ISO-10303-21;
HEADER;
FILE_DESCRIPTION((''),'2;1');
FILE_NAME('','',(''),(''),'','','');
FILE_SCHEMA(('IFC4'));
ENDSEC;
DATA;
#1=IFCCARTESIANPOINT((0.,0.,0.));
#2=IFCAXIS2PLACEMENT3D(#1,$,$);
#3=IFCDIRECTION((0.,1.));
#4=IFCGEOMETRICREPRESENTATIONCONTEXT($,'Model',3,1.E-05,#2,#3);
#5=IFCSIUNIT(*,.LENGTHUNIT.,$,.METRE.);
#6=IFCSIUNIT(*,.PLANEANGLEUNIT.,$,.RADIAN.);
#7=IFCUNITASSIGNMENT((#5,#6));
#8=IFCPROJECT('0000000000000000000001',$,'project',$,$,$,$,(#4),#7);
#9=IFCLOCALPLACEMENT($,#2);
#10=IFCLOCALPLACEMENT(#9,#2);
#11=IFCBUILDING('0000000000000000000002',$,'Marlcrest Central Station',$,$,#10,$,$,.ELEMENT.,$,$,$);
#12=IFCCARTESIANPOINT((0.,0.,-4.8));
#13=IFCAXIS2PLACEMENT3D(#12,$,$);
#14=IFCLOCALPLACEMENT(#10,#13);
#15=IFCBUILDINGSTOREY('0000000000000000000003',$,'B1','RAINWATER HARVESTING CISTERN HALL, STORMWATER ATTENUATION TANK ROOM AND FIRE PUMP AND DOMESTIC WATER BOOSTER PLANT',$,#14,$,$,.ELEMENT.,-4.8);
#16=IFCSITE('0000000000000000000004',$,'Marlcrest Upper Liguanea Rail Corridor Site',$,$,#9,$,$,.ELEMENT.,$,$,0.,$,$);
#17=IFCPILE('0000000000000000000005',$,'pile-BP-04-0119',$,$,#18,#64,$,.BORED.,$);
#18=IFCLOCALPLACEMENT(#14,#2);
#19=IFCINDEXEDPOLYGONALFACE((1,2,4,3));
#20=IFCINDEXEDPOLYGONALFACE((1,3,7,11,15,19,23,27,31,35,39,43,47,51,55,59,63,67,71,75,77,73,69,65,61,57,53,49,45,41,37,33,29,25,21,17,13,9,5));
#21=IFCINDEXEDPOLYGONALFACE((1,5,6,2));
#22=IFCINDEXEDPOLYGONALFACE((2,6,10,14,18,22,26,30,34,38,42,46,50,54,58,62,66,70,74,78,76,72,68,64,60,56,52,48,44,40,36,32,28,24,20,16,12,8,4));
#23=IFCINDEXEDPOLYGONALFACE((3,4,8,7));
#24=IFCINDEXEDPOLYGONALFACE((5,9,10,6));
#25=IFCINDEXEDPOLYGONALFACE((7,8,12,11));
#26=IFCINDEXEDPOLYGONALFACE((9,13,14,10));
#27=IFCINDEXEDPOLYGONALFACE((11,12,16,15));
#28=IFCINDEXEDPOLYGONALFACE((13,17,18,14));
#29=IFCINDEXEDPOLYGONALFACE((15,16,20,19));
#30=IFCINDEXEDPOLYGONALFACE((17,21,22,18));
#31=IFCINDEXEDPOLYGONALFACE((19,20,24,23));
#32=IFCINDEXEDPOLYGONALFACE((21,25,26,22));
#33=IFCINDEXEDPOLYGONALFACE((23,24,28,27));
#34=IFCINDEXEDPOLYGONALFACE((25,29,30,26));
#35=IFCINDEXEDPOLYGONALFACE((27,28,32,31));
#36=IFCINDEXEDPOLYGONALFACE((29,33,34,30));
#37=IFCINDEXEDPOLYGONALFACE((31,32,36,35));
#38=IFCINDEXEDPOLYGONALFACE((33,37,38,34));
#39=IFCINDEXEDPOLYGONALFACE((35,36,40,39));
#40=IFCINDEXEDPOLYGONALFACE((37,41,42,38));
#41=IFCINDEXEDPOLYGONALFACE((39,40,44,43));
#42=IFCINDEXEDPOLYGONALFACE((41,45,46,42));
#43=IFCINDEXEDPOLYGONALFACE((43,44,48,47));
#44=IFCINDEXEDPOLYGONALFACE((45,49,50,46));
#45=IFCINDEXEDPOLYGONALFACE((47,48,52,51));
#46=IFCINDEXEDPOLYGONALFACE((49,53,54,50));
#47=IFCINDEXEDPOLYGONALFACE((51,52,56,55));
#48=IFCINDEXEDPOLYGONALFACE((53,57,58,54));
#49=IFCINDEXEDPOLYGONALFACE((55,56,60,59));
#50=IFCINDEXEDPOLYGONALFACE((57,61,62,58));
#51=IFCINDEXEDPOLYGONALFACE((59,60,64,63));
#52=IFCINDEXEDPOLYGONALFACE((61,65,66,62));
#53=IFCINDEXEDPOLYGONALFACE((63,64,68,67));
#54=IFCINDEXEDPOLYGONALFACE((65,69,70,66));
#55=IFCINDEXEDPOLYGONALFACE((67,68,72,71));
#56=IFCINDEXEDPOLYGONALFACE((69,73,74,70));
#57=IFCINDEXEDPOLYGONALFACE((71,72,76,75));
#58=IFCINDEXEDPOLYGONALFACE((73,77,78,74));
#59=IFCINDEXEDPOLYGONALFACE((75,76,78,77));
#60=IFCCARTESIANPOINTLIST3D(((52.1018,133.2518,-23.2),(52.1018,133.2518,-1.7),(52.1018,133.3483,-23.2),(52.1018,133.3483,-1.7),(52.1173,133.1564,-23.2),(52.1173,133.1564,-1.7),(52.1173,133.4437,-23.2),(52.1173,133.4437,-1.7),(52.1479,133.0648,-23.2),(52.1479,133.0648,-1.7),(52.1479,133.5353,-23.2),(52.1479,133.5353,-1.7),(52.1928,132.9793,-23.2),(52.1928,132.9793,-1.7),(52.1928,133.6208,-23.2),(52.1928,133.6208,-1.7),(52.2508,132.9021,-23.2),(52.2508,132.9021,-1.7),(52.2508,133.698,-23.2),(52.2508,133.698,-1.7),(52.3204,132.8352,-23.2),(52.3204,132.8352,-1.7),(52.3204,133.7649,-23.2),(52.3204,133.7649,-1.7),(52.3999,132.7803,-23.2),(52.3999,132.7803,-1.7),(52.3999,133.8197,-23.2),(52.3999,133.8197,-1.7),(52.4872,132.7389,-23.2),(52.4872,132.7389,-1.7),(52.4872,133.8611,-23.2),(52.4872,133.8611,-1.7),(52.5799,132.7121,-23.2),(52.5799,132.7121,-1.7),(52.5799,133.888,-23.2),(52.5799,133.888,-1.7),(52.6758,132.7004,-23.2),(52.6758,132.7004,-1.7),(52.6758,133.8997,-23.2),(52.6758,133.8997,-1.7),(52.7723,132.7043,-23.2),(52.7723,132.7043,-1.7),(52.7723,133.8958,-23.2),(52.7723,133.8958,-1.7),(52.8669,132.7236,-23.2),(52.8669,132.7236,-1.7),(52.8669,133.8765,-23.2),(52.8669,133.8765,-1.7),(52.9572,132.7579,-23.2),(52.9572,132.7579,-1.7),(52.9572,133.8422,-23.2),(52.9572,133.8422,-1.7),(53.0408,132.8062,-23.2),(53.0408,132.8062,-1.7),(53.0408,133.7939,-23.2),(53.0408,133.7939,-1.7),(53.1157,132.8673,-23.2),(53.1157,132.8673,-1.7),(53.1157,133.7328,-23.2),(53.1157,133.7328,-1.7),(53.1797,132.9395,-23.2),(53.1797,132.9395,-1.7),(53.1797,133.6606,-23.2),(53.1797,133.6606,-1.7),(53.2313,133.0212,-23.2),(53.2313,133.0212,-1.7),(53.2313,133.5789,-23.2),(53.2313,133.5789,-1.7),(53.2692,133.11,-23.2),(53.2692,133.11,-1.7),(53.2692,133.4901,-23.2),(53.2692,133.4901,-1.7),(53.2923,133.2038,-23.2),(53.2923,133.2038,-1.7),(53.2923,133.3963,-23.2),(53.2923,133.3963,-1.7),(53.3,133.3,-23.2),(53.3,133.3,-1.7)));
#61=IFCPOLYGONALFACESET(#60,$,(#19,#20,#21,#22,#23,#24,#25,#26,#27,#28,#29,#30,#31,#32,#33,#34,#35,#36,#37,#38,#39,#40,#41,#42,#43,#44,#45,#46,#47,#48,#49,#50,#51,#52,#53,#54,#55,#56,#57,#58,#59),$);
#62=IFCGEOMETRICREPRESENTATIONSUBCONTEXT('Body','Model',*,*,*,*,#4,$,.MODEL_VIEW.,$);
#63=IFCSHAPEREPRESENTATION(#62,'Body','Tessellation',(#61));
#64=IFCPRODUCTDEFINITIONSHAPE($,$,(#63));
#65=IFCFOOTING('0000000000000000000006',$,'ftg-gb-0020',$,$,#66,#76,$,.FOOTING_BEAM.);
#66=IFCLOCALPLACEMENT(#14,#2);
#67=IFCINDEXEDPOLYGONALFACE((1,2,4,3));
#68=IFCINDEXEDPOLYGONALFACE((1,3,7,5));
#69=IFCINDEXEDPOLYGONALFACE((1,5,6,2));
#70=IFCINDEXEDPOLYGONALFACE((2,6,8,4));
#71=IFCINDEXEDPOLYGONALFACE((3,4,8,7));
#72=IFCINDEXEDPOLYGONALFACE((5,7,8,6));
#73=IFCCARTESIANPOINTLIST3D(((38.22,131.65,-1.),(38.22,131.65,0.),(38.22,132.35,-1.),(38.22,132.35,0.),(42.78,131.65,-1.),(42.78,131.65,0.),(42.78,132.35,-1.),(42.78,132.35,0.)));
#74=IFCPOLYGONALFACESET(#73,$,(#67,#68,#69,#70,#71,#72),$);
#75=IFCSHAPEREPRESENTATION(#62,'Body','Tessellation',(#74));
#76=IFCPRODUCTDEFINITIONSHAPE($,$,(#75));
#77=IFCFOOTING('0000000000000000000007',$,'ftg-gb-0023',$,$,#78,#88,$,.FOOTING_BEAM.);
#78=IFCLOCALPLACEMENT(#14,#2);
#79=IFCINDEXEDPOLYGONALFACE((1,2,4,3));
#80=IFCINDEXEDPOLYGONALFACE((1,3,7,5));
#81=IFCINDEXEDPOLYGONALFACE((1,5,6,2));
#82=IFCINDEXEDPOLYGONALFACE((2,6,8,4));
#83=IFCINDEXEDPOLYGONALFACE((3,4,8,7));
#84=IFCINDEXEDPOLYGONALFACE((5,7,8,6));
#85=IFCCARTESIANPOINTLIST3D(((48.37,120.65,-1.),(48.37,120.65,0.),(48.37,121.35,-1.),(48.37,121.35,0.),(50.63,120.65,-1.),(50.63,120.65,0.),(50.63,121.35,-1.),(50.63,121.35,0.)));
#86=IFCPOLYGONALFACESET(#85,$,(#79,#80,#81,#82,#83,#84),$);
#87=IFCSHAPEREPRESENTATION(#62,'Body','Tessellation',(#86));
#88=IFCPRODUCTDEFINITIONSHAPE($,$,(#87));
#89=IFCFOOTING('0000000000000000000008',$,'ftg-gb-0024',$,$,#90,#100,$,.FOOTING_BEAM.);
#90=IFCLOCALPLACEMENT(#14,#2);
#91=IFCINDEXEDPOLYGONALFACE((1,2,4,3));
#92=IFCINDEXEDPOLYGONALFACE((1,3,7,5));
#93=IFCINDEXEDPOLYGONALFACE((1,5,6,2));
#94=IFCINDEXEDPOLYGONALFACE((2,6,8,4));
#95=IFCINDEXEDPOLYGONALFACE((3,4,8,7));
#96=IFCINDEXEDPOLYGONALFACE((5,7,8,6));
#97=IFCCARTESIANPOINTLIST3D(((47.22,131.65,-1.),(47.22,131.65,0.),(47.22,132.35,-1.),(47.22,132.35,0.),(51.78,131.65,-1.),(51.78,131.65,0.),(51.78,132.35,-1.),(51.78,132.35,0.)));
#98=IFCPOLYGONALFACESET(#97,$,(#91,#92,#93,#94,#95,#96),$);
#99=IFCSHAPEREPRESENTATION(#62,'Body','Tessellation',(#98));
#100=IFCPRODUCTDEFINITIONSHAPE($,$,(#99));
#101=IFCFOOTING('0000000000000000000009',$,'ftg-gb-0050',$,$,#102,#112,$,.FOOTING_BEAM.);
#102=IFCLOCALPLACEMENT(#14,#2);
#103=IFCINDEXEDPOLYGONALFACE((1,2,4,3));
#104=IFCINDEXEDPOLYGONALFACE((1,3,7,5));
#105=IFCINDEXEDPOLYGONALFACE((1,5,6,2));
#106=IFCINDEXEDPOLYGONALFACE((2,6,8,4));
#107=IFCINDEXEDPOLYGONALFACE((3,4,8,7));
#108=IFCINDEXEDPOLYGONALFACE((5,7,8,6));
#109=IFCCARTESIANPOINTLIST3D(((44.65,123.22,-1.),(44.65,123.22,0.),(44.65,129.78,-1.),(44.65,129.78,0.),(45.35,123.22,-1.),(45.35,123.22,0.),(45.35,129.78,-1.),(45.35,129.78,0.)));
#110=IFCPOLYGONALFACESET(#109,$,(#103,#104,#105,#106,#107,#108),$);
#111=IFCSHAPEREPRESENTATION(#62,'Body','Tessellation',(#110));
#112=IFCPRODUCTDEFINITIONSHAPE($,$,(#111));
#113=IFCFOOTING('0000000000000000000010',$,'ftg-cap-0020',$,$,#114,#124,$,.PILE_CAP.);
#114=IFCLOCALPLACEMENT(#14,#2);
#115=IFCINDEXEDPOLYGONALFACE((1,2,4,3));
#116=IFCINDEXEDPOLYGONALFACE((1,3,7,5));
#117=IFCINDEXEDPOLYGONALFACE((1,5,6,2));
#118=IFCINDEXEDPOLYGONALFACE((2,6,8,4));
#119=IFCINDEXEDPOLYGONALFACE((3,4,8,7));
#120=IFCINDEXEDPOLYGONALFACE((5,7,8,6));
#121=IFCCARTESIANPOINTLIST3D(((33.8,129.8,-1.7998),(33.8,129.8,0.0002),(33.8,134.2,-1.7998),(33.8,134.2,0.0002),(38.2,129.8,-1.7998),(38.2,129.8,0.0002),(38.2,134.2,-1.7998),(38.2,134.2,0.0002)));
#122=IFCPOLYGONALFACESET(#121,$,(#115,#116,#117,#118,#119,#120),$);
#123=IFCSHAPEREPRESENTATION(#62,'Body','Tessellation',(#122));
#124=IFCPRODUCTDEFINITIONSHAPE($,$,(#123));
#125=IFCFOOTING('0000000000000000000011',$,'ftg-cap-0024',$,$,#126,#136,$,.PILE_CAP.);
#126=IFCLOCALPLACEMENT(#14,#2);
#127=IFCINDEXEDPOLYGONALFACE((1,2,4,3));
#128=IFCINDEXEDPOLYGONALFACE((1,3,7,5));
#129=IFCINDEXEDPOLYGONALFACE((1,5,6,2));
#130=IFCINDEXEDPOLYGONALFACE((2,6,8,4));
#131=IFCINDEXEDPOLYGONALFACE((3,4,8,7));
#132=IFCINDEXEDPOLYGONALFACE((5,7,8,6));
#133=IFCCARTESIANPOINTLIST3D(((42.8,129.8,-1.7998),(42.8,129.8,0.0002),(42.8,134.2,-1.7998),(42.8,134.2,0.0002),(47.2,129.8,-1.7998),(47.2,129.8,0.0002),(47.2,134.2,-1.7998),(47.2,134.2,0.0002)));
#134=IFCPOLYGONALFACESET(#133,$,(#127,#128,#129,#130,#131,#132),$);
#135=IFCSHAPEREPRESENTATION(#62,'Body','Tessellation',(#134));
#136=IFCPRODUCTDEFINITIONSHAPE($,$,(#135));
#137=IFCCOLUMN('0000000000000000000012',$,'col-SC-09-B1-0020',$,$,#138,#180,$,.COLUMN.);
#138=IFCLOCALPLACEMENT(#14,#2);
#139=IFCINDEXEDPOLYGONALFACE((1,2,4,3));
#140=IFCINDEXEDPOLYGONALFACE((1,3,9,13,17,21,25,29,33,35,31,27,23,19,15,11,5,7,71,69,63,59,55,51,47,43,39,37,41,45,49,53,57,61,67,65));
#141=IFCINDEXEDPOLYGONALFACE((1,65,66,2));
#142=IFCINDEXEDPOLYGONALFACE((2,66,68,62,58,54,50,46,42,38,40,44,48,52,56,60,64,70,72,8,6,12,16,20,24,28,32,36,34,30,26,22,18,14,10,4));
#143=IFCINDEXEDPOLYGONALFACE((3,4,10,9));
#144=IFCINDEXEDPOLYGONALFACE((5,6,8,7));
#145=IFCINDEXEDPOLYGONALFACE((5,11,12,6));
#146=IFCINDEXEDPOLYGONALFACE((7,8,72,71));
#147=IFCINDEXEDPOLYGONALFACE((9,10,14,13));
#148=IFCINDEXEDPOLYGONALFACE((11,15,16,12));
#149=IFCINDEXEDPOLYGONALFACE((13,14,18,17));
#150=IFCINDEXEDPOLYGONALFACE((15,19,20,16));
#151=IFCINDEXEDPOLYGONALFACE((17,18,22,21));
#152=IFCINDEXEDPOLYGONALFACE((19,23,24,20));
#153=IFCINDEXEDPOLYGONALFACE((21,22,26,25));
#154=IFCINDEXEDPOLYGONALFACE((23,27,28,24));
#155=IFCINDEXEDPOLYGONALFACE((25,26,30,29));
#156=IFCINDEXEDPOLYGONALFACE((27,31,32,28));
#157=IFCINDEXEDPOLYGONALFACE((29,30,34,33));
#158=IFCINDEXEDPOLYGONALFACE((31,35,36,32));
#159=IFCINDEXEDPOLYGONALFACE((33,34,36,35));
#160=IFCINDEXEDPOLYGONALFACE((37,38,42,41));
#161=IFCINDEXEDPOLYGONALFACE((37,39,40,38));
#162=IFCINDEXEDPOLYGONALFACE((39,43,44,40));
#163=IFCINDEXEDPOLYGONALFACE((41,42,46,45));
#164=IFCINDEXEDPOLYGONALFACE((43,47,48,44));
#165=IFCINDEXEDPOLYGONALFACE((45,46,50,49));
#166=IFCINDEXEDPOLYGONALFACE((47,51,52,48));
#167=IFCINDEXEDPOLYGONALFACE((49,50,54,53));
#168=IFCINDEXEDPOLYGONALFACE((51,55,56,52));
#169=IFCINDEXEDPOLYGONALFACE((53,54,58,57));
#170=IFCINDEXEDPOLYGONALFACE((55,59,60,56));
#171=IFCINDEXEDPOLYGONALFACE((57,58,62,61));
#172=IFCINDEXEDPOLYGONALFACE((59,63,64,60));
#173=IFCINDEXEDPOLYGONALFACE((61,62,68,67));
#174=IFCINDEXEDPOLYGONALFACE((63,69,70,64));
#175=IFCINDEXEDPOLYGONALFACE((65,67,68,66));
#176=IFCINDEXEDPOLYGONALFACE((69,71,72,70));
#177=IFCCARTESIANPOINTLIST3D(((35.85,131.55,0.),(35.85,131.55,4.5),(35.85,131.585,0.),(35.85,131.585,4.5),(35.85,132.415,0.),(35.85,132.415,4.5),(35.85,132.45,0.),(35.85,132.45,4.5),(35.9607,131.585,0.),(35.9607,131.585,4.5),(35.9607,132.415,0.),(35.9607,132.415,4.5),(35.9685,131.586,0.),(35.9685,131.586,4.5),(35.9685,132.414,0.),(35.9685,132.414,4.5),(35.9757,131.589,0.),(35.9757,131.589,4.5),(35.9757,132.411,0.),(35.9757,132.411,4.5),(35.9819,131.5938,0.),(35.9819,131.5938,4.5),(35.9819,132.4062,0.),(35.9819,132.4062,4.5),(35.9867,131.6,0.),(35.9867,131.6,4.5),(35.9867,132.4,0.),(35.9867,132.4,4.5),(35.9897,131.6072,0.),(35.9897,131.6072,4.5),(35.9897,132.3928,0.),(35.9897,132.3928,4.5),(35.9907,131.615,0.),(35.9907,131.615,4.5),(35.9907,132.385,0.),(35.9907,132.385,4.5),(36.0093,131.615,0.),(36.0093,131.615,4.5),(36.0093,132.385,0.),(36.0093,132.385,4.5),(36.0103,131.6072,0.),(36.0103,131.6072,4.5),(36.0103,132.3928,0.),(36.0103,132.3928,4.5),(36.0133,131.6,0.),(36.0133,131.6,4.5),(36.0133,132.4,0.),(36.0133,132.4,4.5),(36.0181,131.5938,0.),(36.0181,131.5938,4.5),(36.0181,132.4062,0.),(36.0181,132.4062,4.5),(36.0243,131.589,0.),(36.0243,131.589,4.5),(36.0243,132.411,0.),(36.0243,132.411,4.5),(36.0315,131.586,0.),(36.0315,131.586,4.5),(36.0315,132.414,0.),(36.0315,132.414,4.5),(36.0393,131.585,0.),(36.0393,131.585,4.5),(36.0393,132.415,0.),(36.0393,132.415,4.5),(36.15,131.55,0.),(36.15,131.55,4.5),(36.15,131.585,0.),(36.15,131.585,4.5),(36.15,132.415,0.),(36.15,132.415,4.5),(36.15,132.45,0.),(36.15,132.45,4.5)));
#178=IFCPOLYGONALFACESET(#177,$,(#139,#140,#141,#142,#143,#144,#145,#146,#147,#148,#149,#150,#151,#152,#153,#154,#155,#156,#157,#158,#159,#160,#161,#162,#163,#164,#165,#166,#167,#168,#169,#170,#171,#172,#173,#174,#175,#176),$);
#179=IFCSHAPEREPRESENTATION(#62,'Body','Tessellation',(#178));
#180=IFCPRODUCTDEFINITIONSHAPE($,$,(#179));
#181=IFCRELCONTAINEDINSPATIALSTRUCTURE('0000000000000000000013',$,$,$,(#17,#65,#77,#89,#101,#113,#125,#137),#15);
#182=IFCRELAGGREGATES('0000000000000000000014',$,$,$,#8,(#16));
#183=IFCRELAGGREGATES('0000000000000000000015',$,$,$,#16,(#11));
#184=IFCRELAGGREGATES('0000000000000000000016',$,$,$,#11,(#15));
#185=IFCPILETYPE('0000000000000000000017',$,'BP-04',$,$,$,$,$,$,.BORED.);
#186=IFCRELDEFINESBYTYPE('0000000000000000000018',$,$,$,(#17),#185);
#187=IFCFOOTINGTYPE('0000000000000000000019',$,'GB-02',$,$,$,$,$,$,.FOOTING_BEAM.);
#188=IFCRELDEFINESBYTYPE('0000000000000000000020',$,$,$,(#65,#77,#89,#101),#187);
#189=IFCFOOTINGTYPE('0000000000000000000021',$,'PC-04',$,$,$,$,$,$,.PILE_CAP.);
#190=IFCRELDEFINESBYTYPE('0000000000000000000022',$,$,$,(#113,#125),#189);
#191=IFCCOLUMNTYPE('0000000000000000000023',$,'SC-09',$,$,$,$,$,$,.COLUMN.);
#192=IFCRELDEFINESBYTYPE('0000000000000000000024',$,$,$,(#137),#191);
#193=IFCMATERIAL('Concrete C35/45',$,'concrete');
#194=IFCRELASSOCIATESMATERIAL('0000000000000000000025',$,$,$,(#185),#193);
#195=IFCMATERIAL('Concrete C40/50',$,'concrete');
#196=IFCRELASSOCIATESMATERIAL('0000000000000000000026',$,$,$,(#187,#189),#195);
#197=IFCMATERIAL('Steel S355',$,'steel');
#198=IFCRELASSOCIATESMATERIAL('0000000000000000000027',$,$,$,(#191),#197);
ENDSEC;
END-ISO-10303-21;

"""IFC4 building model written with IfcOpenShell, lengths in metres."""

from ifc_helpers import new_model, si_unit, direction, frame, origin, origin_2d, place, context, subcontext, project, spatial, rectangle, circle, i_section, extrude, material, material_profile, profile_set, type_object, element, save


model = new_model("IFC4")

# Units and contexts
model_context = context("Model", 3, precision=1e-05, world=origin(), true_north=direction((0.0, 1.0)))
body_context = subcontext(model_context, "Body", "Model", "MODEL_VIEW")
ifc_project = project(units=[si_unit("LENGTHUNIT", "METRE"), si_unit("PLANEANGLEUNIT", "RADIAN")], contexts=[model_context])

# Site, building, storey
site_placement = place(None, origin())
site = spatial("IfcSite", under=ifc_project, at=site_placement, Name="Marlcrest Upper Liguanea Rail Corridor Site", CompositionType="ELEMENT", RefElevation=0.0)
building_placement = place(site_placement, origin())
building = spatial("IfcBuilding", under=site, at=building_placement, Name="Marlcrest Central Station", CompositionType="ELEMENT")
storey_placement = place(building_placement, frame((0.0, 0.0, -4.8)))
storey = spatial("IfcBuildingStorey", under=building, at=storey_placement, Name="B1", Description="RAINWATER HARVESTING CISTERN HALL, STORMWATER ATTENUATION TANK ROOM AND FIRE PUMP AND DOMESTIC WATER BOOSTER PLANT", CompositionType="ELEMENT", Elevation=-4.8)

# Pile
ifc_material_1 = material(Name="Concrete C35/45", Category="concrete")
ifc_material_profile_1 = material_profile(ifc_material_1, circle(Radius=0.6001, at=origin_2d()), Name="PILE D1200")
ifc_profile_set_1 = profile_set([ifc_material_profile_1], Name="Concrete C35/45")
pile_type = type_object("IfcPileType", Name="BP-04", PredefinedType="BORED", material=ifc_profile_set_1)
for number, where, z_axis, x_axis, name in (
    (1, (52.7, 133.3, -1.7), (0.0, 0.0, -1.0), (1.0, 0.0, 0.0), "pile-BP-04-0119"),
):
    element("IfcPile", number, at=place(storey_placement, frame(where, z_axis=z_axis, x_axis=x_axis)), inside=storey, type_object=pile_type, Name=name, PredefinedType="BORED", context=body_context, shape_type="SweptSolid", body=[
        extrude(circle(Radius=0.6001, at=origin_2d()), origin(), (0.0, 0.0, 1.0), 21.5),
    ])

# Footings
ifc_material_2 = material(Name="Concrete C40/50", Category="concrete")
footing_type_1 = type_object("IfcFootingType", Name="GB-02", PredefinedType="FOOTING_BEAM", material=ifc_material_2)
footing_1_placement = place(storey_placement, frame((40.5, 132.0, -1.0), z_axis=(0.0, 0.0, 1.0), x_axis=(1.0, 0.0, 0.0)))
element("IfcFooting", 2, at=footing_1_placement, inside=storey, type_object=footing_type_1, Name="ftg-gb-0020", PredefinedType="FOOTING_BEAM", context=body_context, shape_type="SweptSolid", body=[
    extrude(rectangle(XDim=4.5601, YDim=0.7, at=origin_2d()), origin(), (0.0, 0.0, 1.0), 1.0),
])
footing_2_placement = place(storey_placement, frame((49.5, 121.0, -1.0), z_axis=(0.0, 0.0, 1.0), x_axis=(1.0, 0.0, 0.0)))
element("IfcFooting", 3, at=footing_2_placement, inside=storey, type_object=footing_type_1, Name="ftg-gb-0023", PredefinedType="FOOTING_BEAM", context=body_context, shape_type="SweptSolid", body=[
    extrude(rectangle(XDim=2.26, YDim=0.7, at=origin_2d()), origin(), (0.0, 0.0, 1.0), 1.0),
])
footing_3_placement = place(storey_placement, frame((49.5, 132.0, -1.0), z_axis=(0.0, 0.0, 1.0), x_axis=(1.0, 0.0, 0.0)))
element("IfcFooting", 4, at=footing_3_placement, inside=storey, type_object=footing_type_1, Name="ftg-gb-0024", PredefinedType="FOOTING_BEAM", context=body_context, shape_type="SweptSolid", body=[
    extrude(rectangle(XDim=4.5601, YDim=0.7, at=origin_2d()), origin(), (0.0, 0.0, 1.0), 1.0),
])
footing_4_placement = place(storey_placement, frame((45.0, 126.5, -1.0), z_axis=(0.0, 0.0, 1.0), x_axis=(1.0, 0.0, 0.0)))
element("IfcFooting", 5, at=footing_4_placement, inside=storey, type_object=footing_type_1, Name="ftg-gb-0050", PredefinedType="FOOTING_BEAM", context=body_context, shape_type="SweptSolid", body=[
    extrude(rectangle(XDim=0.7, YDim=6.5601, at=origin_2d()), origin(), (0.0, 0.0, 1.0), 1.0),
])
footing_type_2 = type_object("IfcFootingType", Name="PC-04", PredefinedType="PILE_CAP", material=ifc_material_2)
for number, where, z_axis, x_axis, name in (
    (6, (36.0, 132.0, -1.7998), (0.0, 0.0, 1.0), (1.0, 0.0, 0.0), "ftg-cap-0020"),
    (7, (45.0, 132.0, -1.7998), (0.0, 0.0, 1.0), (1.0, 0.0, 0.0), "ftg-cap-0024"),
):
    element("IfcFooting", number, at=place(storey_placement, frame(where, z_axis=z_axis, x_axis=x_axis)), inside=storey, type_object=footing_type_2, Name=name, PredefinedType="PILE_CAP", context=body_context, shape_type="SweptSolid", body=[
        extrude(rectangle(XDim=4.3999, YDim=4.3999, at=origin_2d()), origin(), (0.0, 0.0, 1.0), 1.8),
    ])

# Column
ifc_material_3 = material(Name="Steel S355", Category="steel")
ifc_material_profile_2 = material_profile(ifc_material_3, i_section(OverallWidth=0.3, OverallDepth=0.8999, WebThickness=0.0186, FlangeThickness=0.0349, FilletRadius=0.03, at=origin_2d()), Name="HEB 900")
ifc_profile_set_2 = profile_set([ifc_material_profile_2], Name="Steel S355")
column_type = type_object("IfcColumnType", Name="SC-09", PredefinedType="COLUMN", material=ifc_profile_set_2)
for number, where, z_axis, x_axis, name in (
    (8, (36.0, 132.0, 0.0), (0.0, 0.0, 1.0), (1.0, 0.0, 0.0), "col-SC-09-B1-0020"),
):
    element("IfcColumn", number, at=place(storey_placement, frame(where, z_axis=z_axis, x_axis=x_axis)), inside=storey, type_object=column_type, Name=name, PredefinedType="COLUMN", context=body_context, shape_type="SweptSolid", body=[
        extrude(i_section(OverallWidth=0.3, OverallDepth=0.8999, WebThickness=0.0186, FlangeThickness=0.0349, FilletRadius=0.03, at=origin_2d()), origin(), (0.0, 0.0, 1.0), 4.5),
    ])

save(model, "model.ifc")
